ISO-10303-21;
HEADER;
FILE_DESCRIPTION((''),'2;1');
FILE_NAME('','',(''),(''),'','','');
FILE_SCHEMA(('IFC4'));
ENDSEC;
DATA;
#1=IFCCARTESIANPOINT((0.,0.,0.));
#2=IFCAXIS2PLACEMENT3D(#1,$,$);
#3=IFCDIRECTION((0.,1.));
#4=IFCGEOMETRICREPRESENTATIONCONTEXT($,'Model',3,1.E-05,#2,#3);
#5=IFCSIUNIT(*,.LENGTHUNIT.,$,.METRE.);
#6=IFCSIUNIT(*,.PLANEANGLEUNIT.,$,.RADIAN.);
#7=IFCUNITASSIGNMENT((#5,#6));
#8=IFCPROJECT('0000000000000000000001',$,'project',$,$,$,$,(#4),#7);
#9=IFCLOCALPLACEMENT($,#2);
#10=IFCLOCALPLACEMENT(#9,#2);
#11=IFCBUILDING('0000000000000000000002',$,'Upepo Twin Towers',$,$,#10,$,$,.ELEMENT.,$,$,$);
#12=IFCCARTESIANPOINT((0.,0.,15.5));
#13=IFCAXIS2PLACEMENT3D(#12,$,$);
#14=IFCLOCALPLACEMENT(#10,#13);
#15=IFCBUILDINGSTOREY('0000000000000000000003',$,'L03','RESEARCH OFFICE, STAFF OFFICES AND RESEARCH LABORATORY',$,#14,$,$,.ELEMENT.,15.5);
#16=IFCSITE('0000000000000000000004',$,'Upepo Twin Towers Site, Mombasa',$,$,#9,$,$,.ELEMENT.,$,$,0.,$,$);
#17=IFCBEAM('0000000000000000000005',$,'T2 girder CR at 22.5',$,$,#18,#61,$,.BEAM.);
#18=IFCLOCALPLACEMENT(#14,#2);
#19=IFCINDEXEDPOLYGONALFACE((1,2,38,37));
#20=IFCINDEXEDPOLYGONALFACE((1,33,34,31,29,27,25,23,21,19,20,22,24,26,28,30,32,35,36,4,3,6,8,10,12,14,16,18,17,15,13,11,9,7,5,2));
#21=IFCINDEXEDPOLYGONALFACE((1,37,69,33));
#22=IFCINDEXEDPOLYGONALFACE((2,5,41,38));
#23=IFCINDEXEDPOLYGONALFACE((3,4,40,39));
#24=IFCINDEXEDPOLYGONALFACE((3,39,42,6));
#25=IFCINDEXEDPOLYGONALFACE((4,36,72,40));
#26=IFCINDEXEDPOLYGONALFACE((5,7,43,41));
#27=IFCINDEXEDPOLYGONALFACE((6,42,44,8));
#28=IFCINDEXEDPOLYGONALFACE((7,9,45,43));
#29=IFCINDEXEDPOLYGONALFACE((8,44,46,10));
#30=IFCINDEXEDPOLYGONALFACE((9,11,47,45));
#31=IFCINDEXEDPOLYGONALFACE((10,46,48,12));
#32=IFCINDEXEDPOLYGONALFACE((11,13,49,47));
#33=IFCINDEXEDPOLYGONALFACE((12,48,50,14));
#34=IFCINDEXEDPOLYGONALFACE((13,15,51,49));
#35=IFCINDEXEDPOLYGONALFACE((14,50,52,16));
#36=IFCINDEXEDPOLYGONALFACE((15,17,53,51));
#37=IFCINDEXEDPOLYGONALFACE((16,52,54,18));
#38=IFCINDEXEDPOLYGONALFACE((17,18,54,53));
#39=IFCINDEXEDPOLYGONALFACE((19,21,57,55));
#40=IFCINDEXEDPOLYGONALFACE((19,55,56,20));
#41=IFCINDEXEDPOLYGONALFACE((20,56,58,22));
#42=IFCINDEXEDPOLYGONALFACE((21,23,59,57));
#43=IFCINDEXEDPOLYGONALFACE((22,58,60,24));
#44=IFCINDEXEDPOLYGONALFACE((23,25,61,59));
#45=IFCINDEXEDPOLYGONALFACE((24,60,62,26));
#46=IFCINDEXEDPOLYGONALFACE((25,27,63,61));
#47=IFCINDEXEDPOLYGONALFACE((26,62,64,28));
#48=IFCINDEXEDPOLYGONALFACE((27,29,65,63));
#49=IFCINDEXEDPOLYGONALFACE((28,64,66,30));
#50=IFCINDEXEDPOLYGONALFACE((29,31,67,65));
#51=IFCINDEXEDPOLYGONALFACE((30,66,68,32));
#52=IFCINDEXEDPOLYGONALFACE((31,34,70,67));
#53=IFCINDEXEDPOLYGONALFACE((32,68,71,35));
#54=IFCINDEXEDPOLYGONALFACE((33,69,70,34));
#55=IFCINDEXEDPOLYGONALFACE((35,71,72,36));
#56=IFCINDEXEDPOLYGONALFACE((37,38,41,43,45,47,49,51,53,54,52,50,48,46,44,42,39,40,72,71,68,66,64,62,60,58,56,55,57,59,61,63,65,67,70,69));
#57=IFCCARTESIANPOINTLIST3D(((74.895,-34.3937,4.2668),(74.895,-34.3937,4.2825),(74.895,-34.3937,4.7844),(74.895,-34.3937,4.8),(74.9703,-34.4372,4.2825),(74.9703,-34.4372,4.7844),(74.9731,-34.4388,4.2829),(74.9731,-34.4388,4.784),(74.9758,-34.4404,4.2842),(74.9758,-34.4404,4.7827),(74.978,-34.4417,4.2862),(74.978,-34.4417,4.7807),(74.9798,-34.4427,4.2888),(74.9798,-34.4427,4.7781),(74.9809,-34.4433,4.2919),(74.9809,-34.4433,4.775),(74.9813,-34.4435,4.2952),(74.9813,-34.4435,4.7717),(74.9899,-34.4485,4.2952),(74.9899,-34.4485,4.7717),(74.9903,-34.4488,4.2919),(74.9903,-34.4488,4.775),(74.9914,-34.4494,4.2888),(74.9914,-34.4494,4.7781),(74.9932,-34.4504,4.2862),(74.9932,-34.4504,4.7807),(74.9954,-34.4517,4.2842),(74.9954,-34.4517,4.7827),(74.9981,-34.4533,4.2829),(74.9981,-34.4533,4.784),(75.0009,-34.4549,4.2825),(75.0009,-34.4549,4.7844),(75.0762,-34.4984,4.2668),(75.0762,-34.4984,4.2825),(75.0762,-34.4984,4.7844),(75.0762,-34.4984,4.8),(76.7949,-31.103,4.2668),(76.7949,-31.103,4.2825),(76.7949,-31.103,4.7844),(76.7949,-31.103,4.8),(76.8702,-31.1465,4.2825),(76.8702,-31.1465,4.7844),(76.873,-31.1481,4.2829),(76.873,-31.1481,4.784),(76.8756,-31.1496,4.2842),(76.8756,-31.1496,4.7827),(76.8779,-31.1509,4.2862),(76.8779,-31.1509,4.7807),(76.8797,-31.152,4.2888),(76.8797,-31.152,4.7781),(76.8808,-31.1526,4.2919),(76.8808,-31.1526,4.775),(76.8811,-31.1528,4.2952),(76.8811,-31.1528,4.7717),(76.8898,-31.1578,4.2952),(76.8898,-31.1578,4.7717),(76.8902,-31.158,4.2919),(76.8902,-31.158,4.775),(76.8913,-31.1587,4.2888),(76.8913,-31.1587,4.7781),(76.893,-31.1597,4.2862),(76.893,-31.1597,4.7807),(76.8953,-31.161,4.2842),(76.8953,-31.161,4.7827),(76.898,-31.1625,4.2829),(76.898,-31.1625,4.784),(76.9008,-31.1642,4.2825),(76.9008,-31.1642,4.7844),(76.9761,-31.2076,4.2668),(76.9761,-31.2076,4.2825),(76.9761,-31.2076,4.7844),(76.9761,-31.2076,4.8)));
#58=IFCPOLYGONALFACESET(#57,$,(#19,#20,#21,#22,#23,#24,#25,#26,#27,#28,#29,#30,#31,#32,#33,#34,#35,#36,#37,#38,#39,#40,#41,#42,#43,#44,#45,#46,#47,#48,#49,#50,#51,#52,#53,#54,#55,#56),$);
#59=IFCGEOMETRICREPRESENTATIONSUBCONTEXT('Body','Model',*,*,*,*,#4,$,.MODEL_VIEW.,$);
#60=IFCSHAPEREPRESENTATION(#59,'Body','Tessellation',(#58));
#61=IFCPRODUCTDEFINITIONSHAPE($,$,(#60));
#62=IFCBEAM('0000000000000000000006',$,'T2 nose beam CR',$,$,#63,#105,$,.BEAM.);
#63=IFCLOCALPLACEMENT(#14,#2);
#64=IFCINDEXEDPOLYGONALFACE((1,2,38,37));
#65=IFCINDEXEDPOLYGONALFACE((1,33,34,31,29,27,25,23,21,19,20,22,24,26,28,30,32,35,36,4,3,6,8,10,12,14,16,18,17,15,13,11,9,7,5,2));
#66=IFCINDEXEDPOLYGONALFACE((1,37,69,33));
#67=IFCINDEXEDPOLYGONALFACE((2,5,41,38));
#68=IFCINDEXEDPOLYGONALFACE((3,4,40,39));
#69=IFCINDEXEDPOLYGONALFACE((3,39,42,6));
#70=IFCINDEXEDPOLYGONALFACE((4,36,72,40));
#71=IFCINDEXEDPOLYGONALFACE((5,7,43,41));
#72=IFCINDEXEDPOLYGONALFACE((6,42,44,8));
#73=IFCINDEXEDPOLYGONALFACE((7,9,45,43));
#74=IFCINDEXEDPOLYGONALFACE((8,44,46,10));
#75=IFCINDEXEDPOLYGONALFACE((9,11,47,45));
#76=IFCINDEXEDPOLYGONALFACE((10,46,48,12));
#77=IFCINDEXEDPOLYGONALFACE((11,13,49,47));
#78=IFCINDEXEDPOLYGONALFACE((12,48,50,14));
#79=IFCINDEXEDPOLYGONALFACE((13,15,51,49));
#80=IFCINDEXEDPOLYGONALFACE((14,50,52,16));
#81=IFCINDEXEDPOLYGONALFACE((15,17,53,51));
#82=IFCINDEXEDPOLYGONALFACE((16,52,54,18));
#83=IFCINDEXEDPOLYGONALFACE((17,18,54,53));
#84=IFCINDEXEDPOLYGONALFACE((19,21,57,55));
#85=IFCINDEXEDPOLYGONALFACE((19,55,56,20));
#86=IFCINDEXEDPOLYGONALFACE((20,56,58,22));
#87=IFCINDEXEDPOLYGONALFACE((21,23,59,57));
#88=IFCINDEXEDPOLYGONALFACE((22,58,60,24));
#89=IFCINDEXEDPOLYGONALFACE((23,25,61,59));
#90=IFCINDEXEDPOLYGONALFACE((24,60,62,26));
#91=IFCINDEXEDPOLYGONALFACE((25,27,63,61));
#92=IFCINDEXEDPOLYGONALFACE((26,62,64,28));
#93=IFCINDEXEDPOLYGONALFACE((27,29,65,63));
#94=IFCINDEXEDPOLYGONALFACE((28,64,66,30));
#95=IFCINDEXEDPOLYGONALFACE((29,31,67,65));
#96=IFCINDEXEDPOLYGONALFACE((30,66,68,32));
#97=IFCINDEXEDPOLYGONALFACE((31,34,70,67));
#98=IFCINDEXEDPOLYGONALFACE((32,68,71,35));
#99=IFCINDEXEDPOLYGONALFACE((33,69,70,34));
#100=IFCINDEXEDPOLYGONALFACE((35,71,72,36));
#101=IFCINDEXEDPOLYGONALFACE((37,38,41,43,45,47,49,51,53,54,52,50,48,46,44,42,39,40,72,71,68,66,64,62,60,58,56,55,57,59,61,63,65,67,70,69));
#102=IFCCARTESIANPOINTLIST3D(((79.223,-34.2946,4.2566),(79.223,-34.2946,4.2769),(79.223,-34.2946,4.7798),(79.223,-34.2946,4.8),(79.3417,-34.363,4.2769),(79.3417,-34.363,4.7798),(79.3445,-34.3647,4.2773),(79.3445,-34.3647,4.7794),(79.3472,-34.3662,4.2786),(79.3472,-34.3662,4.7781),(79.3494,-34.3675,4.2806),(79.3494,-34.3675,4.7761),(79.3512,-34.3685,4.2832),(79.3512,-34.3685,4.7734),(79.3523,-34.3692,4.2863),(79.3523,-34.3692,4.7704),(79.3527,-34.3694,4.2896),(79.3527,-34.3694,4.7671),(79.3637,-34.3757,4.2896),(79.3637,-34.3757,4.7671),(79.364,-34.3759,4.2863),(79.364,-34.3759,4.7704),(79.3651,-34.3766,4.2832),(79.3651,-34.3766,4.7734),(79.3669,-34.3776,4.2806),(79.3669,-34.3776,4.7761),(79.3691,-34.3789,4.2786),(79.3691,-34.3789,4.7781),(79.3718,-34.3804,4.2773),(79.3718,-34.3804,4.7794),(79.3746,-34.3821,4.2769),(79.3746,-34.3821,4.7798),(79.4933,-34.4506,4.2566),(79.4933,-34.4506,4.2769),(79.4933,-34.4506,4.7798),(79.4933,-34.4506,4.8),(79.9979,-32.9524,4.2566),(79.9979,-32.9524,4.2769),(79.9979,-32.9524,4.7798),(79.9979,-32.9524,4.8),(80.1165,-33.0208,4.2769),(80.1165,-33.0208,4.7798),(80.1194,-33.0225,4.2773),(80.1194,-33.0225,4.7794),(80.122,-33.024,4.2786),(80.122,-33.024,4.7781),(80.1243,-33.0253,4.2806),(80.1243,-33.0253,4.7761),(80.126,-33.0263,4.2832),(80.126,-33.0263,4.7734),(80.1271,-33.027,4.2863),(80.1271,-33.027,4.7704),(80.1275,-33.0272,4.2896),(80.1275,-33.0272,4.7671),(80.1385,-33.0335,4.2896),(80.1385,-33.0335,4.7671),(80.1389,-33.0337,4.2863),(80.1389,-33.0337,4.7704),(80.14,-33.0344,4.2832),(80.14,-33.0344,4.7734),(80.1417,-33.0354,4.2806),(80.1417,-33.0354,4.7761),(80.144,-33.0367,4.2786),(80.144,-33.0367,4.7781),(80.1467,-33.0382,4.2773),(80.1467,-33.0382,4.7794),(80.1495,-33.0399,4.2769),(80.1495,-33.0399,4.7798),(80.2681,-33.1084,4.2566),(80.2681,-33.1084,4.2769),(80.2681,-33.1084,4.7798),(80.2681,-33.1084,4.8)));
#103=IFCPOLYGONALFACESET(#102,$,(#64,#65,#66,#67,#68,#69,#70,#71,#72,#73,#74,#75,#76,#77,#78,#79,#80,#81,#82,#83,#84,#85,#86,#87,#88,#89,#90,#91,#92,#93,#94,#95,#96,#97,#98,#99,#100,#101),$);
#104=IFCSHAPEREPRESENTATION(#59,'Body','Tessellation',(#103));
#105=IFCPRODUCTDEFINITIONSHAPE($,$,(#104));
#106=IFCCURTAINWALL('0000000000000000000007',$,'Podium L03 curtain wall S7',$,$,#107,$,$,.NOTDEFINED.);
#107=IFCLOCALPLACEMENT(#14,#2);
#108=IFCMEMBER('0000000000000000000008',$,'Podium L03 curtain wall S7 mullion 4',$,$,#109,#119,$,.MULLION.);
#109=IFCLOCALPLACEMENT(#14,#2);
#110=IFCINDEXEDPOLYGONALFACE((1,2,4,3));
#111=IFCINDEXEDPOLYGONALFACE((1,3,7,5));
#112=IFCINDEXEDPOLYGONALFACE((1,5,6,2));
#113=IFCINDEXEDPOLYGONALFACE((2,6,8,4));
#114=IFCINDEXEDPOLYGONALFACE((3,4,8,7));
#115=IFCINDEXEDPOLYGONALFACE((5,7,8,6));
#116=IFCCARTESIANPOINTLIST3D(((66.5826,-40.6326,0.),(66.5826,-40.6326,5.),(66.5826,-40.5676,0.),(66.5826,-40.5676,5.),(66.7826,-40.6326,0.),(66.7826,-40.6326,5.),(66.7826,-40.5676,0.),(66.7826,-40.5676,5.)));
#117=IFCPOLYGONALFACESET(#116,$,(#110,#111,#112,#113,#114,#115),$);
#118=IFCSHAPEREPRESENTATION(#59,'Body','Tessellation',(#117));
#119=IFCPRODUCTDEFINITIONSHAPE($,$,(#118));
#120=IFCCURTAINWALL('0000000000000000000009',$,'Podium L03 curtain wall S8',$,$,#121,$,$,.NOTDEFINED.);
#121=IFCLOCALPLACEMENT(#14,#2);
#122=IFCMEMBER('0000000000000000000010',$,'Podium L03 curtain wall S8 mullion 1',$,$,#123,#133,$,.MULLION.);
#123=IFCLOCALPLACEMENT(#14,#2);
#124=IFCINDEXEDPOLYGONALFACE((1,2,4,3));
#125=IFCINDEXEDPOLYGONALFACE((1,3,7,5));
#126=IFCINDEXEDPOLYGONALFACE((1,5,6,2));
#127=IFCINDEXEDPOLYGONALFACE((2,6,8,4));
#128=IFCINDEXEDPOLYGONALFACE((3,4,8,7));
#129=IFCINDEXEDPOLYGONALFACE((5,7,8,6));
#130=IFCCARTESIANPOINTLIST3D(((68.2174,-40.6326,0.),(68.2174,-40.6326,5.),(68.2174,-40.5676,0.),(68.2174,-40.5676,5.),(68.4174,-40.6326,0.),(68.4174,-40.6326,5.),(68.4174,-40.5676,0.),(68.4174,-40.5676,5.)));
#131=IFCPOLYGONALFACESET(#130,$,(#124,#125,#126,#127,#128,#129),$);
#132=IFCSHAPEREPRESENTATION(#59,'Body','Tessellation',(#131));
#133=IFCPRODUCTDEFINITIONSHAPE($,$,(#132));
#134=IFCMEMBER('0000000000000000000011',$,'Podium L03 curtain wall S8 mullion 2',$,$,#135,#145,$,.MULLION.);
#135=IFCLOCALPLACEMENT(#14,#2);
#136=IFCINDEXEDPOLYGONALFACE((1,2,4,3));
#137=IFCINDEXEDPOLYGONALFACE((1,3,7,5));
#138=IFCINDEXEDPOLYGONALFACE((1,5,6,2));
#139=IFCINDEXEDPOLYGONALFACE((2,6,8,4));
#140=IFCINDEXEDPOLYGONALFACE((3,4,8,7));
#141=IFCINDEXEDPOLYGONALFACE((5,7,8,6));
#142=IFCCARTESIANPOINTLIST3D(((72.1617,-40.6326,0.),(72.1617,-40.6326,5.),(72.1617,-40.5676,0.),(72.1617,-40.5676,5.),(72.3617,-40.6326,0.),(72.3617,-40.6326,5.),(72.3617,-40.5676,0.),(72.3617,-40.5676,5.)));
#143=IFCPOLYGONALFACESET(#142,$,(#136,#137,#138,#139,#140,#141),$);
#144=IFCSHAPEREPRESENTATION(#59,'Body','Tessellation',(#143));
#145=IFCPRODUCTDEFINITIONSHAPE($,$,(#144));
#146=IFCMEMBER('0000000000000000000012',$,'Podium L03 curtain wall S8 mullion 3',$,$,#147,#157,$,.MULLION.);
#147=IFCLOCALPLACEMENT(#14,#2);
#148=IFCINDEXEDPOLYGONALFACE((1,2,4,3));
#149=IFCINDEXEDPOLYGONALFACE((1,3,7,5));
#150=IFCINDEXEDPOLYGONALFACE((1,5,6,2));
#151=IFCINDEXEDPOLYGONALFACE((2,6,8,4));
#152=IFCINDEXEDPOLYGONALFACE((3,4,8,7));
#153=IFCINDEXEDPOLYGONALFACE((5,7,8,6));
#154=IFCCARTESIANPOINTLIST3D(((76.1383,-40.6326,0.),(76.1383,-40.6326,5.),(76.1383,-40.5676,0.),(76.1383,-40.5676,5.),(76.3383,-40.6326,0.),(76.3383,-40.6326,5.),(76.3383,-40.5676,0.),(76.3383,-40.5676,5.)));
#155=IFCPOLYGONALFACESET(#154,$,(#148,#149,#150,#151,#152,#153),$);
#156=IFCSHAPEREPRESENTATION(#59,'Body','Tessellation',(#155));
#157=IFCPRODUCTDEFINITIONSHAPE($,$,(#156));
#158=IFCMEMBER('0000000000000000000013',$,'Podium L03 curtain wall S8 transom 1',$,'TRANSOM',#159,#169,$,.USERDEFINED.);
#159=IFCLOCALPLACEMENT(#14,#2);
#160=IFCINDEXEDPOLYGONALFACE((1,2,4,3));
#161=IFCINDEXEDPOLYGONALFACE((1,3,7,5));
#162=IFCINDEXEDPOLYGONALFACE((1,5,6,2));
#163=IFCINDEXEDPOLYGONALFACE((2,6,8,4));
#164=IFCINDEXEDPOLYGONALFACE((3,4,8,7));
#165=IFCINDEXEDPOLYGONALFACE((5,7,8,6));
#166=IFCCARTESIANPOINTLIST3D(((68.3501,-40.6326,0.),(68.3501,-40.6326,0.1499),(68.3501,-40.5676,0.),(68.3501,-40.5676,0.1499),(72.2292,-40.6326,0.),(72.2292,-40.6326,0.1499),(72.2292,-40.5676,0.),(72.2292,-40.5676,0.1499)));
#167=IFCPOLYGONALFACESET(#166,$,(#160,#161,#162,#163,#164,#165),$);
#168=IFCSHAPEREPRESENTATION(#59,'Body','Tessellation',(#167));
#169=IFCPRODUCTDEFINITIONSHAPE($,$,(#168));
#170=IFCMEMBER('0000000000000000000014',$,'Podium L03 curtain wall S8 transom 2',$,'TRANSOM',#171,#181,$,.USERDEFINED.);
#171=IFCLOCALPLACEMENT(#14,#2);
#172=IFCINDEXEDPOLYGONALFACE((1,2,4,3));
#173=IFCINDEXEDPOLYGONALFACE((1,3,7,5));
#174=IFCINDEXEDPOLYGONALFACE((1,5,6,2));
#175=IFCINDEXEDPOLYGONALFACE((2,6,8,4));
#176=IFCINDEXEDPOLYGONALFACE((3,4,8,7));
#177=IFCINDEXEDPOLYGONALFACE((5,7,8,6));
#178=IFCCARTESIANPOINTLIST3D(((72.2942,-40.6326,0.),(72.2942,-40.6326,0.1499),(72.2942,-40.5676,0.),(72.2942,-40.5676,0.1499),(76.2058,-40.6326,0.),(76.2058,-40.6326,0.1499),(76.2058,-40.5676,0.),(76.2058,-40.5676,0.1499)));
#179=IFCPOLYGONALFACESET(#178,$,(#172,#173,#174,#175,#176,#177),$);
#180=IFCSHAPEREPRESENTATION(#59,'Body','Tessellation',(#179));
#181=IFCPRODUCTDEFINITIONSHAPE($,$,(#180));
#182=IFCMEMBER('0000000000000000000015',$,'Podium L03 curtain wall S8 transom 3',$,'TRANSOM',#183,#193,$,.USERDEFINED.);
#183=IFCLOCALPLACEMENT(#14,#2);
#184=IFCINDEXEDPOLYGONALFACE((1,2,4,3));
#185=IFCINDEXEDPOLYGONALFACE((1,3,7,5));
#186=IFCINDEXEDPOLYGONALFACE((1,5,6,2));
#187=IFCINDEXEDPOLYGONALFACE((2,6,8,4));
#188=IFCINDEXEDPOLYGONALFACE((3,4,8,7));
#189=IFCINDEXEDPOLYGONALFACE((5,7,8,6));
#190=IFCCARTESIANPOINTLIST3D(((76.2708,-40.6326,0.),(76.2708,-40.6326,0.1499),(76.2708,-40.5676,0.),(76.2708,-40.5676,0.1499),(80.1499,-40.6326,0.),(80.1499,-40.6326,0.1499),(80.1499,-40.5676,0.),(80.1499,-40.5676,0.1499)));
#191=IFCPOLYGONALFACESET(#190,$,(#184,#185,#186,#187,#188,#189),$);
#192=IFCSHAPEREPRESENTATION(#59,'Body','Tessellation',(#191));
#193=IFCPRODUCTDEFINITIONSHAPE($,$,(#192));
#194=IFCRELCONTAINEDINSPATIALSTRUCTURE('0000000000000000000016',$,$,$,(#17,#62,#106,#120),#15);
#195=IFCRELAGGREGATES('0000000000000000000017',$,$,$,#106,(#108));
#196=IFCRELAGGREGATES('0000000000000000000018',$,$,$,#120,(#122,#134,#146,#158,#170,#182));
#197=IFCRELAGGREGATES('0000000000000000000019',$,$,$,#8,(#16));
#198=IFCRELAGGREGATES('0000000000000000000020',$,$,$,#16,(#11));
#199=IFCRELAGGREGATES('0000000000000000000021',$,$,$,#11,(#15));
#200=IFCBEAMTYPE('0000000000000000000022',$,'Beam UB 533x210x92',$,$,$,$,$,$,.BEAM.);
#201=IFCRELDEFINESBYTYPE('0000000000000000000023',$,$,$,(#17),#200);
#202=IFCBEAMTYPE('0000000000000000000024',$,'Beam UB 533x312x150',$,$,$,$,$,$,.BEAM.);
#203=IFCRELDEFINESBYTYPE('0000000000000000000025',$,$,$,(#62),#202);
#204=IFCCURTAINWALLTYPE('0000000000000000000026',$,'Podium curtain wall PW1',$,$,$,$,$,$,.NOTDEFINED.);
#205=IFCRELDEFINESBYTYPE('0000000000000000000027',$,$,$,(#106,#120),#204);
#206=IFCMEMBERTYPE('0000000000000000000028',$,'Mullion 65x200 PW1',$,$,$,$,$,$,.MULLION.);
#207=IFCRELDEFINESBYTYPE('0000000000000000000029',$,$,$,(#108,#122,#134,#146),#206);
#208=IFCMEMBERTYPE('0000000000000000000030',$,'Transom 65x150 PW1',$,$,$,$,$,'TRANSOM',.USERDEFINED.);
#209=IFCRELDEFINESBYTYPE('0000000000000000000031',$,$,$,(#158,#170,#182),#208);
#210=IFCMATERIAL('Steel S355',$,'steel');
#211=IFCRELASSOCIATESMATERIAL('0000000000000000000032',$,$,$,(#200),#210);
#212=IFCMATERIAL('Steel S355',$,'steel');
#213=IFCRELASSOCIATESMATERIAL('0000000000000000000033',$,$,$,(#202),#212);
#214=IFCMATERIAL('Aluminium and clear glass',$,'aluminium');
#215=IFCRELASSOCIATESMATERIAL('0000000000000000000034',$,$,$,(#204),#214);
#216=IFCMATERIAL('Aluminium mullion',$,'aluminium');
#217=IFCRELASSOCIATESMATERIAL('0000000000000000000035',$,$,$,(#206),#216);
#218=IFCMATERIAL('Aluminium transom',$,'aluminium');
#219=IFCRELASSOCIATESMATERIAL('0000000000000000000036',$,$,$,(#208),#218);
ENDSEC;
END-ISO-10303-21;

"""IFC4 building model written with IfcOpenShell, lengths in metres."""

from ifc_helpers import new_model, si_unit, direction, frame, origin, origin_2d, place, context, subcontext, project, spatial, rectangle, i_section, extrude, material, material_profile, profile_set, type_object, element, aggregate, save


model = new_model("IFC4")

# Units and contexts
model_context = context("Model", 3, precision=1e-05, world=origin(), true_north=direction((0.0, 1.0)))
body_context = subcontext(model_context, "Body", "Model", "MODEL_VIEW")
ifc_project = project(units=[si_unit("LENGTHUNIT", "METRE"), si_unit("PLANEANGLEUNIT", "RADIAN")], contexts=[model_context])

# Site, building, storey
site_placement = place(None, origin())
site = spatial("IfcSite", under=ifc_project, at=site_placement, Name="Upepo Twin Towers Site, Mombasa", CompositionType="ELEMENT", RefElevation=0.0)
building_placement = place(site_placement, origin())
building = spatial("IfcBuilding", under=site, at=building_placement, Name="Upepo Twin Towers", CompositionType="ELEMENT")
storey_placement = place(building_placement, frame((0.0, 0.0, 15.5)))
storey = spatial("IfcBuildingStorey", under=building, at=storey_placement, Name="L03", Description="RESEARCH OFFICE, STAFF OFFICES AND RESEARCH LABORATORY", CompositionType="ELEMENT", Elevation=15.5)

# Beams
ifc_material_1 = material(Name="Steel S355", Category="steel")
ifc_material_profile_1 = material_profile(ifc_material_1, i_section(OverallWidth=0.2092, OverallDepth=0.5332, WebThickness=0.01, FlangeThickness=0.0156, FilletRadius=0.0127, at=origin_2d()), Name="UB 533x210x92")
ifc_profile_set_1 = profile_set([ifc_material_profile_1], Name="Steel S355")
beam_type_1 = type_object("IfcBeamType", Name="Beam UB 533x210x92", PredefinedType="BEAM", material=ifc_profile_set_1)
beam_1_placement = place(storey_placement, frame((74.9856, -34.446, 4.5334), z_axis=(0.499995, 0.866028, 0.0), x_axis=(-0.866028, 0.499995, 0.0)))
element("IfcBeam", 1, at=beam_1_placement, inside=storey, type_object=beam_type_1, Name="T2 girder CR at 22.5", PredefinedType="BEAM", context=body_context, shape_type="SweptSolid", body=[
    extrude(i_section(OverallWidth=0.2092, OverallDepth=0.5332, WebThickness=0.01, FlangeThickness=0.0156, FilletRadius=0.0127, at=origin_2d()), origin(), (0.0, 0.0, 1.0), 3.7998),
])
ifc_material_2 = material(Name="Steel S355", Category="steel")
ifc_material_profile_2 = material_profile(ifc_material_2, i_section(OverallWidth=0.312, OverallDepth=0.5435, WebThickness=0.0127, FlangeThickness=0.0203, FilletRadius=0.0127, at=origin_2d()), Name="UB 533x312x150")
ifc_profile_set_2 = profile_set([ifc_material_profile_2], Name="Steel S355")
beam_type_2 = type_object("IfcBeamType", Name="Beam UB 533x312x150", PredefinedType="BEAM", material=ifc_profile_set_2)
beam_2_placement = place(storey_placement, frame((79.3582, -34.3726, 4.5283), z_axis=(0.499968, 0.866044, 0.0), x_axis=(-0.866044, 0.499968, 0.0)))
element("IfcBeam", 2, at=beam_2_placement, inside=storey, type_object=beam_type_2, Name="T2 nose beam CR", PredefinedType="BEAM", context=body_context, shape_type="SweptSolid", body=[
    extrude(i_section(OverallWidth=0.312, OverallDepth=0.5435, WebThickness=0.0127, FlangeThickness=0.0203, FilletRadius=0.0127, at=origin_2d()), origin(), (0.0, 0.0, 1.0), 1.5498),
])

# Curtain wall, member
ifc_material_3 = material(Name="Aluminium and clear glass", Category="aluminium")
curtain_wall_type = type_object("IfcCurtainWallType", Name="Podium curtain wall PW1", PredefinedType="NOTDEFINED", material=ifc_material_3)
curtain_wall_1_placement = place(storey_placement, origin())
curtain_wall_1 = element("IfcCurtainWall", 3, at=curtain_wall_1_placement, inside=storey, type_object=curtain_wall_type, Name="Podium L03 curtain wall S7", PredefinedType="NOTDEFINED")
ifc_material_4 = material(Name="Aluminium mullion", Category="aluminium")
ifc_material_profile_3 = material_profile(ifc_material_4, rectangle(XDim=0.0649, YDim=0.2, at=origin_2d()), Name="MULLION 65x200 PODIUM")
ifc_profile_set_3 = profile_set([ifc_material_profile_3], Name="Aluminium mullion")
member_type_1 = type_object("IfcMemberType", Name="Mullion 65x200 PW1", PredefinedType="MULLION", material=ifc_profile_set_3)
member_1_placement = place(storey_placement, frame((66.6826, -40.6001, 0.0), z_axis=(0.0, 0.0, 1.0), x_axis=(0.0, 1.0, 0.0)))
member_1 = element("IfcMember", 4, at=member_1_placement, type_object=member_type_1, Name="Podium L03 curtain wall S7 mullion 4", PredefinedType="MULLION", context=body_context, shape_type="SweptSolid", body=[
    extrude(rectangle(XDim=0.0649, YDim=0.2, at=origin_2d()), origin(), (0.0, 0.0, 1.0), 5.0),
])
aggregate(curtain_wall_1, [member_1])

# Curtain wall, members
curtain_wall_2_placement = place(storey_placement, origin())
curtain_wall_2 = element("IfcCurtainWall", 5, at=curtain_wall_2_placement, inside=storey, type_object=curtain_wall_type, Name="Podium L03 curtain wall S8", PredefinedType="NOTDEFINED")
member_2_placement = place(storey_placement, frame((68.3174, -40.6001, 0.0), z_axis=(0.0, 0.0, 1.0), x_axis=(0.0, 1.0, 0.0)))
member_2 = element("IfcMember", 6, at=member_2_placement, type_object=member_type_1, Name="Podium L03 curtain wall S8 mullion 1", PredefinedType="MULLION", context=body_context, shape_type="SweptSolid", body=[
    extrude(rectangle(XDim=0.0649, YDim=0.2, at=origin_2d()), origin(), (0.0, 0.0, 1.0), 5.0),
])
member_3_placement = place(storey_placement, frame((72.2617, -40.6001, 0.0), z_axis=(0.0, 0.0, 1.0), x_axis=(0.0, 1.0, 0.0)))
member_3 = element("IfcMember", 7, at=member_3_placement, type_object=member_type_1, Name="Podium L03 curtain wall S8 mullion 2", PredefinedType="MULLION", context=body_context, shape_type="SweptSolid", body=[
    extrude(rectangle(XDim=0.0649, YDim=0.2, at=origin_2d()), origin(), (0.0, 0.0, 1.0), 5.0),
])
member_4_placement = place(storey_placement, frame((76.2383, -40.6001, 0.0), z_axis=(0.0, 0.0, 1.0), x_axis=(0.0, 1.0, 0.0)))
member_4 = element("IfcMember", 8, at=member_4_placement, type_object=member_type_1, Name="Podium L03 curtain wall S8 mullion 3", PredefinedType="MULLION", context=body_context, shape_type="SweptSolid", body=[
    extrude(rectangle(XDim=0.0649, YDim=0.2, at=origin_2d()), origin(), (0.0, 0.0, 1.0), 5.0),
])
ifc_material_5 = material(Name="Aluminium transom", Category="aluminium")
ifc_material_profile_4 = material_profile(ifc_material_5, rectangle(XDim=0.0649, YDim=0.1499, at=origin_2d()), Name="TRANSOM 65x150 PODIUM")
ifc_profile_set_4 = profile_set([ifc_material_profile_4], Name="Aluminium transom")
member_type_2 = type_object("IfcMemberType", Name="Transom 65x150 PW1", ElementType="TRANSOM", PredefinedType="USERDEFINED", material=ifc_profile_set_4)
member_5_placement = place(storey_placement, frame((68.3501, -40.6001, 0.075), z_axis=(1.0, 0.0, 0.0), x_axis=(0.0, 1.0, 0.0)))
member_5 = element("IfcMember", 9, at=member_5_placement, type_object=member_type_2, Name="Podium L03 curtain wall S8 transom 1", ObjectType="TRANSOM", PredefinedType="USERDEFINED", context=body_context, shape_type="SweptSolid", body=[
    extrude(rectangle(XDim=0.0649, YDim=0.1499, at=origin_2d()), origin(), (0.0, 0.0, 1.0), 3.8792),
])
member_6_placement = place(storey_placement, frame((72.2942, -40.6001, 0.075), z_axis=(1.0, 0.0, 0.0), x_axis=(0.0, 1.0, 0.0)))
member_6 = element("IfcMember", 10, at=member_6_placement, type_object=member_type_2, Name="Podium L03 curtain wall S8 transom 2", ObjectType="TRANSOM", PredefinedType="USERDEFINED", context=body_context, shape_type="SweptSolid", body=[
    extrude(rectangle(XDim=0.0649, YDim=0.1499, at=origin_2d()), origin(), (0.0, 0.0, 1.0), 3.9116),
])
member_7_placement = place(storey_placement, frame((76.2708, -40.6001, 0.075), z_axis=(1.0, 0.0, 0.0), x_axis=(0.0, 1.0, 0.0)))
member_7 = element("IfcMember", 11, at=member_7_placement, type_object=member_type_2, Name="Podium L03 curtain wall S8 transom 3", ObjectType="TRANSOM", PredefinedType="USERDEFINED", context=body_context, shape_type="SweptSolid", body=[
    extrude(rectangle(XDim=0.0649, YDim=0.1499, at=origin_2d()), origin(), (0.0, 0.0, 1.0), 3.8792),
])
aggregate(curtain_wall_2, [member_2, member_3, member_4, member_5, member_6, member_7])

save(model, "model.ifc")
